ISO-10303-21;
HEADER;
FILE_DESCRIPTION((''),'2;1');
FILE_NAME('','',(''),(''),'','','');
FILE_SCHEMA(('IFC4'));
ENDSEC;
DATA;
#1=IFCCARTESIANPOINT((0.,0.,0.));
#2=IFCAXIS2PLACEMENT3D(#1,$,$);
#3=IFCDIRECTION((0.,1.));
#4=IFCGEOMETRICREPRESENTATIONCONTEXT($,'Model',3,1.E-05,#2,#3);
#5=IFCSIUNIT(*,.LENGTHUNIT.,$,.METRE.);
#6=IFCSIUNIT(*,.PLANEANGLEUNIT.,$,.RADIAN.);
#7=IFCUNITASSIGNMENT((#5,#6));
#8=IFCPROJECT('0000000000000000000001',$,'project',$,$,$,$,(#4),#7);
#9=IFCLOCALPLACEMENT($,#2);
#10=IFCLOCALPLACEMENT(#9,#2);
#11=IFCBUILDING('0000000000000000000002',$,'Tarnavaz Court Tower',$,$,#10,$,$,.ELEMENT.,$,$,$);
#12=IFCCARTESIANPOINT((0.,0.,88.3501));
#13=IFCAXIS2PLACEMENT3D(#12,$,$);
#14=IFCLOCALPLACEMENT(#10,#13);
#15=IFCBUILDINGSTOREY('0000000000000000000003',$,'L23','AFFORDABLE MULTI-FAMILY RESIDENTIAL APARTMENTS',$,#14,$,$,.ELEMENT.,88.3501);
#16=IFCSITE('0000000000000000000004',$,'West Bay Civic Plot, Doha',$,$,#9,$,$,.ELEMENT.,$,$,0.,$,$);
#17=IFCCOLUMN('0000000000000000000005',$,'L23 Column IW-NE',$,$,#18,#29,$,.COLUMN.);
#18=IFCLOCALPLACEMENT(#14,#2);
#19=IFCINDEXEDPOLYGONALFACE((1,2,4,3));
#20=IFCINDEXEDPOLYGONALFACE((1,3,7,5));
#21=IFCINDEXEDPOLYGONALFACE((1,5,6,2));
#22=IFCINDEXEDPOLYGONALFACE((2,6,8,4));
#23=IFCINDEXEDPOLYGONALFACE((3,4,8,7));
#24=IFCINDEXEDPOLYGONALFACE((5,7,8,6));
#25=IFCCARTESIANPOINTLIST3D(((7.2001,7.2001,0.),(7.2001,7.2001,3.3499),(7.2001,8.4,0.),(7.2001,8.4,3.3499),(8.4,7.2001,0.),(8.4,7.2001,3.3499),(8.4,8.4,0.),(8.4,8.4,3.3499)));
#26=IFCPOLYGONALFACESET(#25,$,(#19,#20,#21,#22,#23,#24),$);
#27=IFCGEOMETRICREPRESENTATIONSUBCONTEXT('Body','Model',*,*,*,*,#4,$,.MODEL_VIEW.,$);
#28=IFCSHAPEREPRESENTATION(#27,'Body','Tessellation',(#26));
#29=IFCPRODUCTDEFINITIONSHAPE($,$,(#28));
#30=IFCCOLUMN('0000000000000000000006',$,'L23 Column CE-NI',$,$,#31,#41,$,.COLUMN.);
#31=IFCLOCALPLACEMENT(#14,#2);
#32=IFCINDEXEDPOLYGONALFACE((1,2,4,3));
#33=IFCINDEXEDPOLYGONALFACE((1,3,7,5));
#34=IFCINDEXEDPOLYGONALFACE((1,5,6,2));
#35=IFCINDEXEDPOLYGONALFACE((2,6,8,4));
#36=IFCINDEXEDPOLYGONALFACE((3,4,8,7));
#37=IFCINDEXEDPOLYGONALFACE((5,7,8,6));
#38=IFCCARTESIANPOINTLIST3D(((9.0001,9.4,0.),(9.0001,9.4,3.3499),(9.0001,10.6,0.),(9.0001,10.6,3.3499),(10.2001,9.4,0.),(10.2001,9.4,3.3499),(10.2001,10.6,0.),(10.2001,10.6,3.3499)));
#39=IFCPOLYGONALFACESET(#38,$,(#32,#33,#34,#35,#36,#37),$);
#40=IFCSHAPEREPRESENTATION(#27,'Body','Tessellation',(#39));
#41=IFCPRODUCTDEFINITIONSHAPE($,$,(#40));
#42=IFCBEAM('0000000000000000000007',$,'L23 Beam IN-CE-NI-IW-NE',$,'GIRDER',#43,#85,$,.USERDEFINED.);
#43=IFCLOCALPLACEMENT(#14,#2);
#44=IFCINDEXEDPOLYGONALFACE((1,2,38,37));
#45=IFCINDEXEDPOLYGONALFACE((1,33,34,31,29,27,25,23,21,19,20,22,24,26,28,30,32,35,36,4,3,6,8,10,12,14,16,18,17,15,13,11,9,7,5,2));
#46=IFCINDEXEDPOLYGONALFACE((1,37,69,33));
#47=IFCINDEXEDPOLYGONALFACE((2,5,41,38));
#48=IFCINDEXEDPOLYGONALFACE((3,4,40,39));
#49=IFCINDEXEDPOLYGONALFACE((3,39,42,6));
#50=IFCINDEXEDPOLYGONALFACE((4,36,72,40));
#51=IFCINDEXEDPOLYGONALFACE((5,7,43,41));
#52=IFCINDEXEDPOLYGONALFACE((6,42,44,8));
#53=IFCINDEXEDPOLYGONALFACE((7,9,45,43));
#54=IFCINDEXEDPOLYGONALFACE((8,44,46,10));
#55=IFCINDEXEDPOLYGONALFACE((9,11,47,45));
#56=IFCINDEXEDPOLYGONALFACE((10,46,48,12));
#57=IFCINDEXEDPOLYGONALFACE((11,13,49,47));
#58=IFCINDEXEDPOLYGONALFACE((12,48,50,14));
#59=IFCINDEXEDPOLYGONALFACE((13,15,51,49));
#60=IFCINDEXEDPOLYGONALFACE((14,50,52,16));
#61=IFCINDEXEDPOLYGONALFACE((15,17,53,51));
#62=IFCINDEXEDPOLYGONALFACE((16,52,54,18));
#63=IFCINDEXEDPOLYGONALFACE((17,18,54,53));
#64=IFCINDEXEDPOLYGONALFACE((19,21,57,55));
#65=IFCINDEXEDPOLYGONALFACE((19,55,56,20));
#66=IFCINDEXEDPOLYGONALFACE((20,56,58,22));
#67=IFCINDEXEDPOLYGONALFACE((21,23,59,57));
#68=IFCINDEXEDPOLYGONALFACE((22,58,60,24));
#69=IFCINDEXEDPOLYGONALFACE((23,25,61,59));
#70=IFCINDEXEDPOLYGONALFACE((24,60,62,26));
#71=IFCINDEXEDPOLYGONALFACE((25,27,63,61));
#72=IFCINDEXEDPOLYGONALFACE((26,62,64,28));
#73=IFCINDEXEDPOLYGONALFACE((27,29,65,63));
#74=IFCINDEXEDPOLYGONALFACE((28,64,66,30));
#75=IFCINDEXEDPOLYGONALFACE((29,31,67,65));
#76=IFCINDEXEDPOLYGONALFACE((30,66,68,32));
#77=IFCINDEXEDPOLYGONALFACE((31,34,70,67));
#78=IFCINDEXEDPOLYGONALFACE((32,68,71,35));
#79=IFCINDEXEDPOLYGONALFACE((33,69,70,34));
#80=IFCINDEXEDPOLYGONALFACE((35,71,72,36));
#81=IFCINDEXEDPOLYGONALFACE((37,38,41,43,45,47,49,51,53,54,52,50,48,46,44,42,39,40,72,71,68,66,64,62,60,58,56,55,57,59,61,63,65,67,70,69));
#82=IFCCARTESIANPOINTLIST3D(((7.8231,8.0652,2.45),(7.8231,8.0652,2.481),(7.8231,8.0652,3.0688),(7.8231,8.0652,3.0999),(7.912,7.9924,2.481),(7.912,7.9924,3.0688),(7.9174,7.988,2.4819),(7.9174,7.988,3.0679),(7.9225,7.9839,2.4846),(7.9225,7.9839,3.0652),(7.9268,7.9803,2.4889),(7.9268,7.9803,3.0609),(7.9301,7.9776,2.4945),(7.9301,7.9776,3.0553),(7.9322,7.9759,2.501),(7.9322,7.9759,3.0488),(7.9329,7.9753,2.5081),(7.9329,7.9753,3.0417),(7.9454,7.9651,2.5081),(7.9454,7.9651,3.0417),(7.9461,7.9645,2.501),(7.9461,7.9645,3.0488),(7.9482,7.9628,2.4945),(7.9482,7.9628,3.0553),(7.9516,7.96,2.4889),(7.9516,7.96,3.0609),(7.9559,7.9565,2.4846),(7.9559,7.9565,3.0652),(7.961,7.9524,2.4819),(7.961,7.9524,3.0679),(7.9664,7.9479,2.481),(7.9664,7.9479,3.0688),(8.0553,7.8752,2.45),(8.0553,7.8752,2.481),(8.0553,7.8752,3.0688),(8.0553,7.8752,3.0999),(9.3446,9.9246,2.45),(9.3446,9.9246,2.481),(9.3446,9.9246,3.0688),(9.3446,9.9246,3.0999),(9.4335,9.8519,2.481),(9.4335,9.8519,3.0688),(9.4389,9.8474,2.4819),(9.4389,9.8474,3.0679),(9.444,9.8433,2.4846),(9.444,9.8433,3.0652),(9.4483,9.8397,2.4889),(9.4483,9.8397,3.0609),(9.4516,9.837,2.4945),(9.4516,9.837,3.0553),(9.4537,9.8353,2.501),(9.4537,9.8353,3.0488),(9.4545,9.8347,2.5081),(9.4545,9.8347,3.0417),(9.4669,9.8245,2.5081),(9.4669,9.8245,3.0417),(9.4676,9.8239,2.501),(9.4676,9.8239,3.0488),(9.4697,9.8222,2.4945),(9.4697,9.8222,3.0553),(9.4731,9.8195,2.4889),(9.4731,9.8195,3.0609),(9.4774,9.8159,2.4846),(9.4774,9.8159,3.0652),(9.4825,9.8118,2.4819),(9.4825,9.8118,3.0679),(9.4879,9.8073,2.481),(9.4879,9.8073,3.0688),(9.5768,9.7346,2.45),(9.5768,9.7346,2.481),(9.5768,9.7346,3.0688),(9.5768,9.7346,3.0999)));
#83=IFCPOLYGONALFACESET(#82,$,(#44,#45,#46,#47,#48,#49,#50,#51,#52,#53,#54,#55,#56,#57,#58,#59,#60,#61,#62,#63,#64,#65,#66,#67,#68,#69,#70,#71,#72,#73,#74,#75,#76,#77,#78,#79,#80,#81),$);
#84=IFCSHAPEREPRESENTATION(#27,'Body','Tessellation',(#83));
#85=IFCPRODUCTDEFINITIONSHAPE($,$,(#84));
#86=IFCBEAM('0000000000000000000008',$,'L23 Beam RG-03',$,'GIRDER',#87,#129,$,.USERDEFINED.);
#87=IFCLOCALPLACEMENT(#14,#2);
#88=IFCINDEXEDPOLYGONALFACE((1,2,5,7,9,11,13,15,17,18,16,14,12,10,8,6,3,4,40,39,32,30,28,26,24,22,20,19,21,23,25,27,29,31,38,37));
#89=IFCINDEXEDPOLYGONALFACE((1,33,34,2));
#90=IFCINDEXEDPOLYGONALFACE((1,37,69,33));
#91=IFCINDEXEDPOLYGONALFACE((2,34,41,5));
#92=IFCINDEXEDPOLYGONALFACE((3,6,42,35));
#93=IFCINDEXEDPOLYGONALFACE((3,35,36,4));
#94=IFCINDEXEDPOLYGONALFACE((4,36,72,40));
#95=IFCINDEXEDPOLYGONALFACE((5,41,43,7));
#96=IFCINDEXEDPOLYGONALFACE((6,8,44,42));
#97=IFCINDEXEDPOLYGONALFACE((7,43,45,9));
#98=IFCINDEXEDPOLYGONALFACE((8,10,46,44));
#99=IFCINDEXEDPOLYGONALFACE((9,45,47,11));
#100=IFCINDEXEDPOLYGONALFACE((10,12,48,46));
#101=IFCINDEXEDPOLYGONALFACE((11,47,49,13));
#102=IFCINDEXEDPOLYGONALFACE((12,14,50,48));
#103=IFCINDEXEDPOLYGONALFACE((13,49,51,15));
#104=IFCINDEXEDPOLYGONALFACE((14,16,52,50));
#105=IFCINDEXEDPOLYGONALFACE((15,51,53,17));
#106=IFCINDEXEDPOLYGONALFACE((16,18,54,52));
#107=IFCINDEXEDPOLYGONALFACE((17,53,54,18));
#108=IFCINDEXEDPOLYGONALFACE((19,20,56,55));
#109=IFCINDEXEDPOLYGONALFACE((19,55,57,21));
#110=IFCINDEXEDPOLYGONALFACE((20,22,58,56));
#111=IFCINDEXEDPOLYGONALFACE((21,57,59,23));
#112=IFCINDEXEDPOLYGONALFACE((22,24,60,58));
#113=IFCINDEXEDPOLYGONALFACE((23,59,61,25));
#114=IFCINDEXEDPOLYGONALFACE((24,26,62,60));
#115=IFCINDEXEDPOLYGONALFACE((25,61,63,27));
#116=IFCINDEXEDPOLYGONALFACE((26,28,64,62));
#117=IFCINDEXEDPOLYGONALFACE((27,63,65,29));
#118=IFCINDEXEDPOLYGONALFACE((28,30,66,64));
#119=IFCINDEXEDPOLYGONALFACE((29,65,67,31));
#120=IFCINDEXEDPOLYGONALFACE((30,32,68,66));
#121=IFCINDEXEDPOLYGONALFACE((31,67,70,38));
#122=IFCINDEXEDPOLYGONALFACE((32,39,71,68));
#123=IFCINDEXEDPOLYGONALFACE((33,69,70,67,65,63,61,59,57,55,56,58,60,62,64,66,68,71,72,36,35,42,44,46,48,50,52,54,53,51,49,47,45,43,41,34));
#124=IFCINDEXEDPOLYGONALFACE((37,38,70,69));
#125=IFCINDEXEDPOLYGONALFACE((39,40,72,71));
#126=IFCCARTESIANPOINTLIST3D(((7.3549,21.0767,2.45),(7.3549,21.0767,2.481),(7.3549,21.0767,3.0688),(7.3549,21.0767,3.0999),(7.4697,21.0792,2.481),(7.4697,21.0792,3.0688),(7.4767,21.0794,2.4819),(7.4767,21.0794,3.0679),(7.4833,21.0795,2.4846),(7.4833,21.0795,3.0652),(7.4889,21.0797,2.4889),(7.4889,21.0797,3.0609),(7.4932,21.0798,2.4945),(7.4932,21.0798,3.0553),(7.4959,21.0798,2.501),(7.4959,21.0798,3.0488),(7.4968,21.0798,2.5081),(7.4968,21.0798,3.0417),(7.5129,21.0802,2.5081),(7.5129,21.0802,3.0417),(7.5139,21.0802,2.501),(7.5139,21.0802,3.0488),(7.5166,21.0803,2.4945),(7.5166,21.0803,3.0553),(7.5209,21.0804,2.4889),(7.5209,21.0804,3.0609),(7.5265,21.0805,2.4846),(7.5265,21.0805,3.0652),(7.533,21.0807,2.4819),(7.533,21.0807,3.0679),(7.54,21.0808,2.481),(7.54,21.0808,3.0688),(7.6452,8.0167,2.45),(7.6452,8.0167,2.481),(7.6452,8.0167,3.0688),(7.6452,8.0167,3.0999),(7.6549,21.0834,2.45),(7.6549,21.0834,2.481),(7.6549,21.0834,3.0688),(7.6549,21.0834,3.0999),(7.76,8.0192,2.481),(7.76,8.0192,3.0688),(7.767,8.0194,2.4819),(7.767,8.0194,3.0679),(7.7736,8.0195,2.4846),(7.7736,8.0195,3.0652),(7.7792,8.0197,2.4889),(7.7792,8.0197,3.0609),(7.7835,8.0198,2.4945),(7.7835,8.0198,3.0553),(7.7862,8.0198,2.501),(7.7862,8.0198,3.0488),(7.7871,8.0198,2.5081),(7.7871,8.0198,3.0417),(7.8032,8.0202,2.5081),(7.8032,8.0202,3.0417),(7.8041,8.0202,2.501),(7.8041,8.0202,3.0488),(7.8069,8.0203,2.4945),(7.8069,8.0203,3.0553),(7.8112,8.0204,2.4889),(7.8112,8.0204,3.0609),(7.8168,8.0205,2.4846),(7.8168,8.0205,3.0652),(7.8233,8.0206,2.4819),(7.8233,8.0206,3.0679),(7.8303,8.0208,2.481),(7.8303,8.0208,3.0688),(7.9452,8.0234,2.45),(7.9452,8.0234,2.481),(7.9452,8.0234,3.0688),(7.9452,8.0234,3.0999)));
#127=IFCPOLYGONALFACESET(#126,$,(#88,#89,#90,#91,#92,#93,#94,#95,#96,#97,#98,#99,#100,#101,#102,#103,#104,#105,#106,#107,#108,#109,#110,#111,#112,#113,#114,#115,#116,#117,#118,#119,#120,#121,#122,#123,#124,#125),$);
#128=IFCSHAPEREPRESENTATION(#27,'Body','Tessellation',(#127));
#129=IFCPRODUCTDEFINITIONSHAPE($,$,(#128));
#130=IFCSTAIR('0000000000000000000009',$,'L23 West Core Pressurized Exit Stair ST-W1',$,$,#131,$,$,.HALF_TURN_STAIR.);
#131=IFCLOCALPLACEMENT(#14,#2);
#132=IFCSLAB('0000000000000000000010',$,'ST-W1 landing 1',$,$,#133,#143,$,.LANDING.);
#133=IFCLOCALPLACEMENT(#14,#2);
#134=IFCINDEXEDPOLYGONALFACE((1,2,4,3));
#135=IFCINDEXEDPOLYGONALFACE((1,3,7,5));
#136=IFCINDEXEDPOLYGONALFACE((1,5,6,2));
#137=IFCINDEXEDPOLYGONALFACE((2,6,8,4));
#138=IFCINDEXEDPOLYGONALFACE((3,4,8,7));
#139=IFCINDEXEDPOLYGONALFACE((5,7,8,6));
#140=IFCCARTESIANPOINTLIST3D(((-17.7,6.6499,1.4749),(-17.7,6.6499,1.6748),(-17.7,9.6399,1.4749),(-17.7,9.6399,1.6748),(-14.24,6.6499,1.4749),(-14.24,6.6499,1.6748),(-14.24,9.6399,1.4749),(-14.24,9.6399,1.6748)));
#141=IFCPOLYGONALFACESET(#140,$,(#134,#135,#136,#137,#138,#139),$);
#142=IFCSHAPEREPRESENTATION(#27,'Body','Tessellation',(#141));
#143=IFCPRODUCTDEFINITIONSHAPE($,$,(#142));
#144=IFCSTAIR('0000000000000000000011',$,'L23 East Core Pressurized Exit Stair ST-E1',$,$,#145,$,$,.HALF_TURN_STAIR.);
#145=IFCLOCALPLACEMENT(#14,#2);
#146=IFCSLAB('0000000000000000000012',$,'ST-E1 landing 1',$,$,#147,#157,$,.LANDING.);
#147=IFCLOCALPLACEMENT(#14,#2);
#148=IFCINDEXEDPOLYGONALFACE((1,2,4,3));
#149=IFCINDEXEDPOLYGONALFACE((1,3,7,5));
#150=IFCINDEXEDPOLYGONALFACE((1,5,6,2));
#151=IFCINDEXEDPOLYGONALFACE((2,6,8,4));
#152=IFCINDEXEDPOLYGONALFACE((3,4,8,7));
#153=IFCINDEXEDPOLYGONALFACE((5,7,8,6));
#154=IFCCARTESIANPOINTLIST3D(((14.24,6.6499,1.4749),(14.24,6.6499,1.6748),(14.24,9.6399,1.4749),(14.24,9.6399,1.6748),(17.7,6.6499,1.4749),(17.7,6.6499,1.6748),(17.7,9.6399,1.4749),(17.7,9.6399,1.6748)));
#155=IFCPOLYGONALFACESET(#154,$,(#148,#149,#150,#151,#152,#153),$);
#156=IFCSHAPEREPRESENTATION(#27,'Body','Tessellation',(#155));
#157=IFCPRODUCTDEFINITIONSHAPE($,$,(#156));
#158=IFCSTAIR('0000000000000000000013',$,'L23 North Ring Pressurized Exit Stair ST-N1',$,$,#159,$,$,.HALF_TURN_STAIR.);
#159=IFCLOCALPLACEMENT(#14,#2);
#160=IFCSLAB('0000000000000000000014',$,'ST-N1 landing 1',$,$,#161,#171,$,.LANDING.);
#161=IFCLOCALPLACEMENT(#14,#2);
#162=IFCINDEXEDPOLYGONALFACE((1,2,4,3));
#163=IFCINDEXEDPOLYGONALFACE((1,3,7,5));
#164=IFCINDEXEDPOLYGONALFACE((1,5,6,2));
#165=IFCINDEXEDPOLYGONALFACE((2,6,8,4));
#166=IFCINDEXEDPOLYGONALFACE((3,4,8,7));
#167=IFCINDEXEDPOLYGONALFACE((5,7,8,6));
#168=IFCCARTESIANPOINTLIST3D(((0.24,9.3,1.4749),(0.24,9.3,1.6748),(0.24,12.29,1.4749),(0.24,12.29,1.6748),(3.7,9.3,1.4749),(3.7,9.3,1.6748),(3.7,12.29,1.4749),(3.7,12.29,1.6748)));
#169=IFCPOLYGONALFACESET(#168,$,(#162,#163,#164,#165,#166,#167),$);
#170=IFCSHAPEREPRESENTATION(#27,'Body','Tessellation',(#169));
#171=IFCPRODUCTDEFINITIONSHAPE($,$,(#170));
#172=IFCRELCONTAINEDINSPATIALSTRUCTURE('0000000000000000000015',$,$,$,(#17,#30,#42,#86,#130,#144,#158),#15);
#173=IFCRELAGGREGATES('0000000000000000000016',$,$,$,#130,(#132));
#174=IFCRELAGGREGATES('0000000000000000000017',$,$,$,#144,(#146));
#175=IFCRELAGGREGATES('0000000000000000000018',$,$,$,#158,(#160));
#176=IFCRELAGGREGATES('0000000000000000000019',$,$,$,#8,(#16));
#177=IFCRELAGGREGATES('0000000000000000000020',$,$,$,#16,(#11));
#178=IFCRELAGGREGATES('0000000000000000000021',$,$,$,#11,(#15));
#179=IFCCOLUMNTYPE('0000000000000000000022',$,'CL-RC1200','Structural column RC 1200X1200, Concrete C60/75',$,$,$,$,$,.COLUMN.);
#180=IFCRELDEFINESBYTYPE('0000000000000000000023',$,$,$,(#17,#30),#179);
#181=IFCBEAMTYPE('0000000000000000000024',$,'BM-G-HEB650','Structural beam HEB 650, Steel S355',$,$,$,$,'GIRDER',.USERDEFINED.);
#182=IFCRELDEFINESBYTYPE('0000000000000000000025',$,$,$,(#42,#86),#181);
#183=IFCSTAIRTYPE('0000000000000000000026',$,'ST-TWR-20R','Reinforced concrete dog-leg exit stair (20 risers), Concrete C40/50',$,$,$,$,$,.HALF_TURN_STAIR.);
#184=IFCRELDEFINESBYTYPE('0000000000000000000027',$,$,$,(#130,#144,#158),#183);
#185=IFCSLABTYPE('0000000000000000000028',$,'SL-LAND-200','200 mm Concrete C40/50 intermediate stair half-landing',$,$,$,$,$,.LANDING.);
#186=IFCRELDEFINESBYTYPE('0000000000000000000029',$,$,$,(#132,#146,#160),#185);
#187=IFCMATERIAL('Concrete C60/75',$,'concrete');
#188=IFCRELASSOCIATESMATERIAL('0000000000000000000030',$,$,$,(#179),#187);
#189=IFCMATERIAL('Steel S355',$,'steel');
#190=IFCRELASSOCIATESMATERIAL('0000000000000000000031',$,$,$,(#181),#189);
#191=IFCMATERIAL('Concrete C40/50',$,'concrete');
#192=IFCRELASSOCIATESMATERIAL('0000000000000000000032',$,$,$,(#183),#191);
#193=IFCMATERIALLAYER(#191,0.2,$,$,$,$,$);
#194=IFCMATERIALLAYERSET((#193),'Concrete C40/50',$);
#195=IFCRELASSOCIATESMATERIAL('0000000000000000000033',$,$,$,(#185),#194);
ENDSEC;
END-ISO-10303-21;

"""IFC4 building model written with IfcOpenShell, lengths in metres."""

from ifc_helpers import new_model, si_unit, direction, frame, origin, origin_2d, place, context, subcontext, project, spatial, polyline, rectangle, i_section, outline, extrude, material, layer, layer_set, material_profile, profile_set, type_object, element, aggregate, save


model = new_model("IFC4")

# Units and contexts
model_context = context("Model", 3, precision=1e-05, world=origin(), true_north=direction((0.0, 1.0)))
body_context = subcontext(model_context, "Body", "Model", "MODEL_VIEW")
ifc_project = project(units=[si_unit("LENGTHUNIT", "METRE"), si_unit("PLANEANGLEUNIT", "RADIAN")], contexts=[model_context])

# Site, building, storey
site_placement = place(None, origin())
site = spatial("IfcSite", under=ifc_project, at=site_placement, Name="West Bay Civic Plot, Doha", CompositionType="ELEMENT", RefElevation=0.0)
building_placement = place(site_placement, origin())
building = spatial("IfcBuilding", under=site, at=building_placement, Name="Tarnavaz Court Tower", CompositionType="ELEMENT")
storey_placement = place(building_placement, frame((0.0, 0.0, 88.3501)))
storey = spatial("IfcBuildingStorey", under=building, at=storey_placement, Name="L23", Description="AFFORDABLE MULTI-FAMILY RESIDENTIAL APARTMENTS", CompositionType="ELEMENT", Elevation=88.3501)

# Columns
ifc_material_1 = material(Name="Concrete C60/75", Category="concrete")
ifc_material_profile_1 = material_profile(ifc_material_1, rectangle(XDim=1.2, YDim=1.2, at=origin_2d()), Name="RC 1200X1200")
ifc_profile_set_1 = profile_set([ifc_material_profile_1], Name="Concrete C60/75")
column_type = type_object("IfcColumnType", Name="CL-RC1200", Description="Structural column RC 1200X1200, Concrete C60/75", PredefinedType="COLUMN", material=ifc_profile_set_1)
for number, where, z_axis, x_axis, name in (
    (1, (7.8, 7.8, 0.0), (0.0, 0.0, 1.0), (1.0, 0.0, 0.0), "L23 Column IW-NE"),
    (2, (9.6001, 10.0, 0.0), (0.0, 0.0, 1.0), (1.0, 0.0, 0.0), "L23 Column CE-NI"),
):
    element("IfcColumn", number, at=place(storey_placement, frame(where, z_axis=z_axis, x_axis=x_axis)), inside=storey, type_object=column_type, Name=name, PredefinedType="COLUMN", context=body_context, shape_type="SweptSolid", body=[
        extrude(rectangle(XDim=1.2, YDim=1.2, at=origin_2d()), origin(), (0.0, 0.0, 1.0), 3.3499),
    ])

# Beams
ifc_material_2 = material(Name="Steel S355", Category="steel")
ifc_material_profile_2 = material_profile(ifc_material_2, i_section(OverallWidth=0.3, OverallDepth=0.6499, WebThickness=0.0161, FlangeThickness=0.031, FilletRadius=0.0271, at=origin_2d()), Name="HEB 650")
ifc_profile_set_2 = profile_set([ifc_material_profile_2], Name="Steel S355")
beam_type = type_object("IfcBeamType", Name="BM-G-HEB650", Description="Structural beam HEB 650, Steel S355", ElementType="GIRDER", PredefinedType="USERDEFINED", material=ifc_profile_set_2)
beam_1_placement = place(storey_placement, frame((9.4607, 9.8296, 2.7749), z_axis=(-0.633282, -0.773921, 0.0), x_axis=(0.773921, -0.633282, 0.0)))
element("IfcBeam", 3, at=beam_1_placement, inside=storey, type_object=beam_type, Name="L23 Beam IN-CE-NI-IW-NE", ObjectType="GIRDER", PredefinedType="USERDEFINED", context=body_context, shape_type="SweptSolid", body=[
    extrude(i_section(OverallWidth=0.3, OverallDepth=0.6499, WebThickness=0.0161, FlangeThickness=0.031, FilletRadius=0.0271, at=origin_2d()), origin(), (0.0, 0.0, 1.0), 2.4026),
])
beam_2_placement = place(storey_placement, frame((7.7952, 8.02, 2.7749), z_axis=(-0.022221, 0.999753, 0.0), x_axis=(-0.999753, -0.022221, 0.0)))
element("IfcBeam", 4, at=beam_2_placement, inside=storey, type_object=beam_type, Name="L23 Beam RG-03", ObjectType="GIRDER", PredefinedType="USERDEFINED", context=body_context, shape_type="SweptSolid", body=[
    extrude(i_section(OverallWidth=0.3, OverallDepth=0.6499, WebThickness=0.0161, FlangeThickness=0.031, FilletRadius=0.0271, at=origin_2d()), origin(), (0.0, 0.0, 1.0), 13.0632),
])

# Stairs, slabs
ifc_material_3 = material(Name="Concrete C40/50", Category="concrete")
stair_type = type_object("IfcStairType", Name="ST-TWR-20R", Description="Reinforced concrete dog-leg exit stair (20 risers), Concrete C40/50", PredefinedType="HALF_TURN_STAIR", material=ifc_material_3)
stair_1_placement = place(storey_placement, origin())
stair_1 = element("IfcStair", 5, at=stair_1_placement, inside=storey, type_object=stair_type, Name="L23 West Core Pressurized Exit Stair ST-W1", PredefinedType="HALF_TURN_STAIR")
ifc_layer_1 = layer(ifc_material_3, 0.2)
ifc_layer_set_1 = layer_set([ifc_layer_1], Name="Concrete C40/50")
slab_type_1 = type_object("IfcSlabType", Name="SL-LAND-200", Description="200 mm Concrete C40/50 intermediate stair half-landing", PredefinedType="LANDING", material=ifc_layer_set_1)
slab_1_placement = place(storey_placement, frame((0.0, 0.0, 1.4749)))
slab_1 = element("IfcSlab", 6, at=slab_1_placement, type_object=slab_type_1, Name="ST-W1 landing 1", PredefinedType="LANDING", context=body_context, shape_type="SweptSolid", body=[
    extrude(outline(polyline([(-14.24, 9.6399), (-17.7, 9.6399), (-17.7, 6.6499), (-14.24, 6.6499), (-14.24, 9.6399)])), origin(), (0.0, 0.0, 1.0), 0.2),
])
aggregate(stair_1, [slab_1])
stair_2_placement = place(storey_placement, origin())
stair_2 = element("IfcStair", 7, at=stair_2_placement, inside=storey, type_object=stair_type, Name="L23 East Core Pressurized Exit Stair ST-E1", PredefinedType="HALF_TURN_STAIR")
slab_2_placement = place(storey_placement, frame((0.0, 0.0, 1.4749)))
slab_2 = element("IfcSlab", 8, at=slab_2_placement, type_object=slab_type_1, Name="ST-E1 landing 1", PredefinedType="LANDING", context=body_context, shape_type="SweptSolid", body=[
    extrude(outline(polyline([(14.24, 6.6499), (17.7, 6.6499), (17.7, 9.6399), (14.24, 9.6399), (14.24, 6.6499)])), origin(), (0.0, 0.0, 1.0), 0.2),
])
aggregate(stair_2, [slab_2])
stair_3_placement = place(storey_placement, origin())
stair_3 = element("IfcStair", 9, at=stair_3_placement, inside=storey, type_object=stair_type, Name="L23 North Ring Pressurized Exit Stair ST-N1", PredefinedType="HALF_TURN_STAIR")
slab_3_placement = place(storey_placement, frame((0.0, 0.0, 1.4749)))
slab_3 = element("IfcSlab", 10, at=slab_3_placement, type_object=slab_type_1, Name="ST-N1 landing 1", PredefinedType="LANDING", context=body_context, shape_type="SweptSolid", body=[
    extrude(outline(polyline([(0.24, 9.3), (3.7, 9.3), (3.7, 12.29), (0.24, 12.29), (0.24, 9.3)])), origin(), (0.0, 0.0, 1.0), 0.2),
])

aggregate(stair_3, [slab_3])

save(model, "model.ifc")
